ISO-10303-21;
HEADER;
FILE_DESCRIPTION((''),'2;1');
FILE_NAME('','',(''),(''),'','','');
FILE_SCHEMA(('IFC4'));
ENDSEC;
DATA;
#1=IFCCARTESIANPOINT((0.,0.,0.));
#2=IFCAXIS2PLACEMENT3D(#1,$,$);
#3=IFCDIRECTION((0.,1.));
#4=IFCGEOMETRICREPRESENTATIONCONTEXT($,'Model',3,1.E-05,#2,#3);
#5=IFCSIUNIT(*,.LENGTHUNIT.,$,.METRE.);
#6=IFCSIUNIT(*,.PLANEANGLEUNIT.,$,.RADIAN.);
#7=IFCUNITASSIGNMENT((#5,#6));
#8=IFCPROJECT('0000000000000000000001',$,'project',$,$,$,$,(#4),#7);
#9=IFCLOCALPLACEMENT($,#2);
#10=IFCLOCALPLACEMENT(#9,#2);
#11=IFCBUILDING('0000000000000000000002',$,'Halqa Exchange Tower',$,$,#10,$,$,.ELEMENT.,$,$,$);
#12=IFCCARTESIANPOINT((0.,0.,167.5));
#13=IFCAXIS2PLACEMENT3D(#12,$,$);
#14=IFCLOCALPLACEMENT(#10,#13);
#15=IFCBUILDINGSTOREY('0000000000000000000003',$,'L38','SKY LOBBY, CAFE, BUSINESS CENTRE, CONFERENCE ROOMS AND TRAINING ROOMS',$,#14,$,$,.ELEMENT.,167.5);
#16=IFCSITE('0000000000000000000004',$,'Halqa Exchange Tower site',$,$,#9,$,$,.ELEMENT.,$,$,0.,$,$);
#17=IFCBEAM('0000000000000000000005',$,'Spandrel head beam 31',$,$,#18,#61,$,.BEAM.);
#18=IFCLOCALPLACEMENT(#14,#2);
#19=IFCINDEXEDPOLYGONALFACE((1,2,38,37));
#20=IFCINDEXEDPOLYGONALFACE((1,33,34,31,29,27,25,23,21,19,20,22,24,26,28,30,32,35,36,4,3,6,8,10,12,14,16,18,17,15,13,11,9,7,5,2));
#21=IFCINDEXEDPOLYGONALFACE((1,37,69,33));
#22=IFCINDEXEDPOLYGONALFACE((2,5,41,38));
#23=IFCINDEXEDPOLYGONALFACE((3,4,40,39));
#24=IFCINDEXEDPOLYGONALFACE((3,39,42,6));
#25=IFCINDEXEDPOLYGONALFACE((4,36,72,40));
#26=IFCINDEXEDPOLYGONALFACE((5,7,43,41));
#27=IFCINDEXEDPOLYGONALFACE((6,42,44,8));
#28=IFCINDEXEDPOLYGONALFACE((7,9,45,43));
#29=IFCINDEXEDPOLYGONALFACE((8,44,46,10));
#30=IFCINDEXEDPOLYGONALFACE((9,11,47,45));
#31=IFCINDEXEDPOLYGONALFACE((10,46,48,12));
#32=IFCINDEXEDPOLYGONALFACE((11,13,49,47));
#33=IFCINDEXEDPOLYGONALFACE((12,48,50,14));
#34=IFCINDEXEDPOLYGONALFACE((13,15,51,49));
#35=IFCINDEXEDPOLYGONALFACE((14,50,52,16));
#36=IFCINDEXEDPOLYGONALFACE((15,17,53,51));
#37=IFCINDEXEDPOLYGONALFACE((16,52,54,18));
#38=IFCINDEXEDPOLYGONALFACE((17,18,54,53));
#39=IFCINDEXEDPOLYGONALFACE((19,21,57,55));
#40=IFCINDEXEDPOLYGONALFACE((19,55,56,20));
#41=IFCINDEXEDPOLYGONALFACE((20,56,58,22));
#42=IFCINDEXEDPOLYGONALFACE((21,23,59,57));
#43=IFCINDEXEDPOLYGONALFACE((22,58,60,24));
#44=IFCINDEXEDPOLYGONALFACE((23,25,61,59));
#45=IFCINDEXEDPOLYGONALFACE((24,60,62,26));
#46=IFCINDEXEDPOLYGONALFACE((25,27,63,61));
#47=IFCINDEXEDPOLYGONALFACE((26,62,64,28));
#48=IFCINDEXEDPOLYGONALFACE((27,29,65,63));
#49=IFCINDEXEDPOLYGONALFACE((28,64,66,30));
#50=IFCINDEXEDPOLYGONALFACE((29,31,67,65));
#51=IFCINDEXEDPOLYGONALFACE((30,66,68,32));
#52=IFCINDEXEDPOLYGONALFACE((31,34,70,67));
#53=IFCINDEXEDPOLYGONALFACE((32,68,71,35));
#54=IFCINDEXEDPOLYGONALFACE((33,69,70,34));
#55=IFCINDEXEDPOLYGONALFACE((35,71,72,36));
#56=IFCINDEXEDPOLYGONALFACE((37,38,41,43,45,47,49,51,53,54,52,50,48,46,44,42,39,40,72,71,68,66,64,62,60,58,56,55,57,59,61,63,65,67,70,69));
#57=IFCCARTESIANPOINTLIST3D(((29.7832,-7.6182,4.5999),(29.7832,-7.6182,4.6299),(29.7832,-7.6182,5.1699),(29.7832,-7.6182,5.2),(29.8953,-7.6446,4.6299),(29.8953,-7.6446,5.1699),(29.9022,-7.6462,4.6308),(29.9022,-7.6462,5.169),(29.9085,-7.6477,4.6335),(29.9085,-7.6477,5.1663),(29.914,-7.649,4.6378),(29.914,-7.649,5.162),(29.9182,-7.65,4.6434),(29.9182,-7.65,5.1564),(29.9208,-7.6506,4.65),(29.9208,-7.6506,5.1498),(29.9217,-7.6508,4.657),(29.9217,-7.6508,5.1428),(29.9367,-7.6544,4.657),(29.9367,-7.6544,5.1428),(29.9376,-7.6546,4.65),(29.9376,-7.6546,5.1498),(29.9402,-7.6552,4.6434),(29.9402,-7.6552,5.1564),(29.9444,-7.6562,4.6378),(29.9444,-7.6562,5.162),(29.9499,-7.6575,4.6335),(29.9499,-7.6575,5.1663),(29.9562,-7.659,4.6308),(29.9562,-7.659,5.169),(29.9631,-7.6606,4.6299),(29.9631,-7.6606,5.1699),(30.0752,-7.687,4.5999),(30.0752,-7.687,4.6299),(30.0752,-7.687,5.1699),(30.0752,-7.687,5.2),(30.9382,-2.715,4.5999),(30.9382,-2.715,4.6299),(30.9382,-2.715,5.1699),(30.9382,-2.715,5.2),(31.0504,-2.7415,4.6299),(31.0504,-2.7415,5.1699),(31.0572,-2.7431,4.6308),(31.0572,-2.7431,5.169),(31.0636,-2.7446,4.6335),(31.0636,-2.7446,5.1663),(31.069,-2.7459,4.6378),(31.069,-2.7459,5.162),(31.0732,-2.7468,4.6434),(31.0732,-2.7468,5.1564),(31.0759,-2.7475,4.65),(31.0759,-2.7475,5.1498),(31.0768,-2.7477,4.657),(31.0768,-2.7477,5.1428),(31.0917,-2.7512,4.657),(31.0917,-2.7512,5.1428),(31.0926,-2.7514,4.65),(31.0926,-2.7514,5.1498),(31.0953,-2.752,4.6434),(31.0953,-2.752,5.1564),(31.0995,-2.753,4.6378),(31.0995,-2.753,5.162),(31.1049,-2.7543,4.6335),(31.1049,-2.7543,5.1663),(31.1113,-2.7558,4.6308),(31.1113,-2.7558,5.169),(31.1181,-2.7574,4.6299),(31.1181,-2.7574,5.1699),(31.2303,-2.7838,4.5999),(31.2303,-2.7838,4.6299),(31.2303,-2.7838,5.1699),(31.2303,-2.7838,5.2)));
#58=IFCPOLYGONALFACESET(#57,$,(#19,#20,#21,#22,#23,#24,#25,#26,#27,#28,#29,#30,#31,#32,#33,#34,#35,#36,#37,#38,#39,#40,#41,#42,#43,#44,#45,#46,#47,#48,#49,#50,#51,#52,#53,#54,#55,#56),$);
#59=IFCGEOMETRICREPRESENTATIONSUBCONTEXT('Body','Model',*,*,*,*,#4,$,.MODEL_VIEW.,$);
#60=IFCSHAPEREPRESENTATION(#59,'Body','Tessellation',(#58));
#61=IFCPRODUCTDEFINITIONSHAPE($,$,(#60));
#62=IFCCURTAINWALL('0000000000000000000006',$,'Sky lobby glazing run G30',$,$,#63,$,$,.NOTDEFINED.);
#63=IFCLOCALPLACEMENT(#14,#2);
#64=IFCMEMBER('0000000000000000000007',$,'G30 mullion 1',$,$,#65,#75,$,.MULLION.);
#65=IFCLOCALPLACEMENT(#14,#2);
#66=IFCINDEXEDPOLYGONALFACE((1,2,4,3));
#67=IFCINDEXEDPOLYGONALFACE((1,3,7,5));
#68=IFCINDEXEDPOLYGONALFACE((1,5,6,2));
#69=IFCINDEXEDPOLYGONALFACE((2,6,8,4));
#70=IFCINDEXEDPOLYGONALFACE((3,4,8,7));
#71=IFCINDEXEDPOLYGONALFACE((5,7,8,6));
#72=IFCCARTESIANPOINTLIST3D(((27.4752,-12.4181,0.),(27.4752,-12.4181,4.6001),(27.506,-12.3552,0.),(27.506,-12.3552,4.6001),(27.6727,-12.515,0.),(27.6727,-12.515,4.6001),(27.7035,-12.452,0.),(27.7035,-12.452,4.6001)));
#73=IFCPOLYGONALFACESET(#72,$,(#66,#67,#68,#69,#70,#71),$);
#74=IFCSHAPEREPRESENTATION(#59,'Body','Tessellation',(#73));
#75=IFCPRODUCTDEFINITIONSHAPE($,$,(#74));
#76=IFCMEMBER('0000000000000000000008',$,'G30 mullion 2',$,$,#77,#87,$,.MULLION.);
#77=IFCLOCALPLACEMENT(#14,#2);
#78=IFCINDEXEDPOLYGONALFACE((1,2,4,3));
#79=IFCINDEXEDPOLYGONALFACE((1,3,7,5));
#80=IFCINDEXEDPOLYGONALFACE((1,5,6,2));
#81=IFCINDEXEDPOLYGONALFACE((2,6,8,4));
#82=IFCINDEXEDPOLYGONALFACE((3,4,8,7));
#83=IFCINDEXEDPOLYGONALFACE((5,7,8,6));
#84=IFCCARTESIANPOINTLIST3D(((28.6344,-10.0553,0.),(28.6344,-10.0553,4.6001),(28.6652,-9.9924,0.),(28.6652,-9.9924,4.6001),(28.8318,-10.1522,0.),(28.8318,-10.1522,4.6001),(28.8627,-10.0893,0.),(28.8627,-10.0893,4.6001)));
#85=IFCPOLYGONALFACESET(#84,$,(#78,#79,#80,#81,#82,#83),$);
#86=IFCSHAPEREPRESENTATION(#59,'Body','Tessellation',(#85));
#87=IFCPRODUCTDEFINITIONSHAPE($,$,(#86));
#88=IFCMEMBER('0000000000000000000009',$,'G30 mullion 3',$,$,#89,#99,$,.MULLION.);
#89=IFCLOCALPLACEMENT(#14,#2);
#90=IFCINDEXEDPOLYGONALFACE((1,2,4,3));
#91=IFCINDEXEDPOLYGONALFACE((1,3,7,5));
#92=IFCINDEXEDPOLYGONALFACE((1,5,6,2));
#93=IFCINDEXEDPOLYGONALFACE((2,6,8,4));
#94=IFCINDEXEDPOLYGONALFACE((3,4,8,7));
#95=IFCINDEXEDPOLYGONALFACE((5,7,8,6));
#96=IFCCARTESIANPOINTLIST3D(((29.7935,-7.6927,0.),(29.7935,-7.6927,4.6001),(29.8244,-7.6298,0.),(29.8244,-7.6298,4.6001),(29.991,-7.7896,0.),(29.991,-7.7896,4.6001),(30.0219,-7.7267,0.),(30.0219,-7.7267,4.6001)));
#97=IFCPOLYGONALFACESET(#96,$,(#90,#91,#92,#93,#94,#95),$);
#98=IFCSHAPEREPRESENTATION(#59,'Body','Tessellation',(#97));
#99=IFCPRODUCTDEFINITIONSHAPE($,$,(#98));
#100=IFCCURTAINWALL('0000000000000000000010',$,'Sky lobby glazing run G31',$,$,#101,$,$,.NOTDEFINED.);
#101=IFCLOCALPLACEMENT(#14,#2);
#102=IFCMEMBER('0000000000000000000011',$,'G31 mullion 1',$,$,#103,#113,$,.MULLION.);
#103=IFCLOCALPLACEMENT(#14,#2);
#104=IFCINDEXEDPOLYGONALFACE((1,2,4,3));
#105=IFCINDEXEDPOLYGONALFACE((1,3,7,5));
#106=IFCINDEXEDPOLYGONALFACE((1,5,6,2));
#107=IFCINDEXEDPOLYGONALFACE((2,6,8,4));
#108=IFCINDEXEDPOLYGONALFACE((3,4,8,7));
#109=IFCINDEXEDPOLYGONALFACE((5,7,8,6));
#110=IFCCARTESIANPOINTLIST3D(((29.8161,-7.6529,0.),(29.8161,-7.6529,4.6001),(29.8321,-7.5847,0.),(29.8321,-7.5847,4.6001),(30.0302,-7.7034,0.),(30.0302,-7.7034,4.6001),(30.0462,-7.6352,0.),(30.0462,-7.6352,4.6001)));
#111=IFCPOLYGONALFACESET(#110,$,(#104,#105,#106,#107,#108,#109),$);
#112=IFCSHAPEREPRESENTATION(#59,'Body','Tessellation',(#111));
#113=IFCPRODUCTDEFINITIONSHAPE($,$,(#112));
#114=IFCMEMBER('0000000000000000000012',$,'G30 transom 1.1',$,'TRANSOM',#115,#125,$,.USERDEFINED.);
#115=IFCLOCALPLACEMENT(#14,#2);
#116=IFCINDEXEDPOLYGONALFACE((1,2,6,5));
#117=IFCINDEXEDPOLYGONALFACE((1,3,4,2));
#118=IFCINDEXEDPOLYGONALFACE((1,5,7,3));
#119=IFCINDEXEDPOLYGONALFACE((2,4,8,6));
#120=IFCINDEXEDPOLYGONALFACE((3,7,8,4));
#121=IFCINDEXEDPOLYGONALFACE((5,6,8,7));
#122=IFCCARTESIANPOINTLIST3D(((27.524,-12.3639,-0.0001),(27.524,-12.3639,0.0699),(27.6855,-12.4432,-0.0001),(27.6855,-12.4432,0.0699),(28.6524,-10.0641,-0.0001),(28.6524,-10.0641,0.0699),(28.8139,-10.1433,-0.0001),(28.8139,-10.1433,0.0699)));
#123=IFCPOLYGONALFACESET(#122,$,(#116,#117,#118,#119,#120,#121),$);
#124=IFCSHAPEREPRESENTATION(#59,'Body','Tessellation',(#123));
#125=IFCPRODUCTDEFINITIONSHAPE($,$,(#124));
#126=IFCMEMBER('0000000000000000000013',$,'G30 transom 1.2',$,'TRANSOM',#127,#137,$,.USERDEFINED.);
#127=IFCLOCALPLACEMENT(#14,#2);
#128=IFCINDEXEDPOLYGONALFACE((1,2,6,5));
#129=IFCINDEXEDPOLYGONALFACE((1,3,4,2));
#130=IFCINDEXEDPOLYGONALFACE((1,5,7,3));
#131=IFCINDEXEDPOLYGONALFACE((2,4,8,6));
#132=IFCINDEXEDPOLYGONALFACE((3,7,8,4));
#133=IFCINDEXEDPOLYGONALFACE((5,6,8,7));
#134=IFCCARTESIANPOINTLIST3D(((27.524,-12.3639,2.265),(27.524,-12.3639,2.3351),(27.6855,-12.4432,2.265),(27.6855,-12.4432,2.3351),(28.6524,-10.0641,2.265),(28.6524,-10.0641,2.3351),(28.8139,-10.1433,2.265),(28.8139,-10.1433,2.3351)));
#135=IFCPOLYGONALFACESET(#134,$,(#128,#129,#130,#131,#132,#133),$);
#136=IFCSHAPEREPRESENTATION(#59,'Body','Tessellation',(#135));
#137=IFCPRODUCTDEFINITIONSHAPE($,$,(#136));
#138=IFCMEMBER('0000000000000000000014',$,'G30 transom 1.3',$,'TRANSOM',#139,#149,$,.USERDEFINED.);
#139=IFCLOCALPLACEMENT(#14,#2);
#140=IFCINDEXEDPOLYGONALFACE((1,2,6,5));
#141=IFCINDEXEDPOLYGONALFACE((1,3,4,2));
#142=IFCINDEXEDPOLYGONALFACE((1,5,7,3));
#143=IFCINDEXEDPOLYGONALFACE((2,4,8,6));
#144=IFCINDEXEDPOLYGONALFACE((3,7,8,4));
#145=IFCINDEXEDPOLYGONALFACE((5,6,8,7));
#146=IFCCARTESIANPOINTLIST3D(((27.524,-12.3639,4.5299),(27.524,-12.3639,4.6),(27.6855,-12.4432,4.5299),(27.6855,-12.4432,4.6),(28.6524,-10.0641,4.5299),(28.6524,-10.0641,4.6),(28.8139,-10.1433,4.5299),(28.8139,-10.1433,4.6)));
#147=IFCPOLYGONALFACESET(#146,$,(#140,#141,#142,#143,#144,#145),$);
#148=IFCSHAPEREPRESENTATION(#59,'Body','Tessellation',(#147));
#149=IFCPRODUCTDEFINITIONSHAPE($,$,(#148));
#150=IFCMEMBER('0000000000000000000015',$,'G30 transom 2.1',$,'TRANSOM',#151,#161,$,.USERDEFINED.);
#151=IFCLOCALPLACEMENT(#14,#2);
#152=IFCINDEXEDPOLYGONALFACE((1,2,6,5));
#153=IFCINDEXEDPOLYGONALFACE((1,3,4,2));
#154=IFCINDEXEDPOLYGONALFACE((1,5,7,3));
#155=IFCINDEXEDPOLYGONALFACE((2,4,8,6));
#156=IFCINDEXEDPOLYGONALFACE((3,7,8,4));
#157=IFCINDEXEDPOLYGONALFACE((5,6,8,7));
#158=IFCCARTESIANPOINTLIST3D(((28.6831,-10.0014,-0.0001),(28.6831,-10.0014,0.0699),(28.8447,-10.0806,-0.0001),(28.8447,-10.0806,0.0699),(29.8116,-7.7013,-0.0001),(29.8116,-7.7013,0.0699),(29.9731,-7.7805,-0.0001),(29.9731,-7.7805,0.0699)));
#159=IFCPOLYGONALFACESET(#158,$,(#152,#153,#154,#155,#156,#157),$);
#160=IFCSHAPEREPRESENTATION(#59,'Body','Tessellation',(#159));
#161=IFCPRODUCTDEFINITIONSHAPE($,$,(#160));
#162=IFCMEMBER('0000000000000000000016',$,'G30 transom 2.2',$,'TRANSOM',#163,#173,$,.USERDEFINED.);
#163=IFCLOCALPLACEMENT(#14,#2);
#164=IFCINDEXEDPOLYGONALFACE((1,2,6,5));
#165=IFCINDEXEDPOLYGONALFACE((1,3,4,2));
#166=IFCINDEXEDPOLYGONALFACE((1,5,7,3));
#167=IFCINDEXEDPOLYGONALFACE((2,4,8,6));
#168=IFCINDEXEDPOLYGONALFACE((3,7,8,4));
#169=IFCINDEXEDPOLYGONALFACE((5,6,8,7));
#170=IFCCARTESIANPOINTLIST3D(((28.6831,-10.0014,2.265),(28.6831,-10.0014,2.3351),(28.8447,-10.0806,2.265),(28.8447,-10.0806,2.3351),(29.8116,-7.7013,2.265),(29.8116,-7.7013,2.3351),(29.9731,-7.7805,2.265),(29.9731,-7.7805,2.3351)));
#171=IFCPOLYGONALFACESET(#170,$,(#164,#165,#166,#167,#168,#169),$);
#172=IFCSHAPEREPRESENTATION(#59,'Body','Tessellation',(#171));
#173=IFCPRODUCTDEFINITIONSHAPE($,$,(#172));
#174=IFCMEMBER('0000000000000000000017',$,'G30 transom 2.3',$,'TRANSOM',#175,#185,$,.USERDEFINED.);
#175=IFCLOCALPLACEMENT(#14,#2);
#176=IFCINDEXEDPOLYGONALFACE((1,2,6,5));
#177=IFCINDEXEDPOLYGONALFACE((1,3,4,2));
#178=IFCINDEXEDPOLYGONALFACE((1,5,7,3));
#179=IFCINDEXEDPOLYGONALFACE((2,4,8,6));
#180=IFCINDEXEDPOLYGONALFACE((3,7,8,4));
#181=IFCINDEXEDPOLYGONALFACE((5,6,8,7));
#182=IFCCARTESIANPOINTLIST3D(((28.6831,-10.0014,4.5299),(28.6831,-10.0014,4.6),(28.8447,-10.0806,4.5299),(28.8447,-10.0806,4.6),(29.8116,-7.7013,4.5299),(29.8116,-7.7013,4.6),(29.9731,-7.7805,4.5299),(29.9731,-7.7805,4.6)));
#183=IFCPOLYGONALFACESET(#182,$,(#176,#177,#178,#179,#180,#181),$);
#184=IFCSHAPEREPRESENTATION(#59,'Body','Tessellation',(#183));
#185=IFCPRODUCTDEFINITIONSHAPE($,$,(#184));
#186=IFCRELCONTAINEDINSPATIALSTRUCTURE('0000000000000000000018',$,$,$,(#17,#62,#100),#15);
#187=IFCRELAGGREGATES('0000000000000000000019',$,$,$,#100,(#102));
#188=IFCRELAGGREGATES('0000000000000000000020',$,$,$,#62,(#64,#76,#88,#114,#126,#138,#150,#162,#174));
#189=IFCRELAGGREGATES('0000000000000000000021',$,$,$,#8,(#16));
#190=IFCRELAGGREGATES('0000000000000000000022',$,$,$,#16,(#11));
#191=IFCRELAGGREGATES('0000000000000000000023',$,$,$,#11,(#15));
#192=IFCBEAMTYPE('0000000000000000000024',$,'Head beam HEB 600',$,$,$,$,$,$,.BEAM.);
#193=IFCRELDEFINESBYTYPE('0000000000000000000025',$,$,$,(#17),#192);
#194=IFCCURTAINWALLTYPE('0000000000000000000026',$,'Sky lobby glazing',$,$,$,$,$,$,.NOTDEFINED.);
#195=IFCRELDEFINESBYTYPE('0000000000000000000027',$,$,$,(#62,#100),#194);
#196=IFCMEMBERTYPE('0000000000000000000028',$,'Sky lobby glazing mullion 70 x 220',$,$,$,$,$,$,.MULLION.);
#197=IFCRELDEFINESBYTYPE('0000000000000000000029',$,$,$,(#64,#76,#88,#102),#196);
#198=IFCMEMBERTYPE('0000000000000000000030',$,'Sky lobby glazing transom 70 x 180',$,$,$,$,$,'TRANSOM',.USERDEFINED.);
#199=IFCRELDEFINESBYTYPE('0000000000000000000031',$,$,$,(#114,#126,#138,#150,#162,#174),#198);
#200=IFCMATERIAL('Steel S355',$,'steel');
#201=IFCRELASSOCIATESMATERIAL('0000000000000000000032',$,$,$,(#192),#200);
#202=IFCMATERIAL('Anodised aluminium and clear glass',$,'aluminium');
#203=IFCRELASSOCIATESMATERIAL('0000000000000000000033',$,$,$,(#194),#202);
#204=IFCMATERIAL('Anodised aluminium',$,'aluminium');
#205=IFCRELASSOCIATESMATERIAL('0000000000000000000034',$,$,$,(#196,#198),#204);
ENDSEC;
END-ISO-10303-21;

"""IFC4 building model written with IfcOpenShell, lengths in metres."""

from ifc_helpers import new_model, si_unit, direction, frame, origin, origin_2d, place, context, subcontext, project, spatial, rectangle, i_section, extrude, material, material_profile, profile_set, type_object, element, aggregate, save


model = new_model("IFC4")

# Units and contexts
model_context = context("Model", 3, precision=1e-05, world=origin(), true_north=direction((0.0, 1.0)))
body_context = subcontext(model_context, "Body", "Model", "MODEL_VIEW")
ifc_project = project(units=[si_unit("LENGTHUNIT", "METRE"), si_unit("PLANEANGLEUNIT", "RADIAN")], contexts=[model_context])

# Site, building, storey
site_placement = place(None, origin())
site = spatial("IfcSite", under=ifc_project, at=site_placement, Name="Halqa Exchange Tower site", CompositionType="ELEMENT", RefElevation=0.0)
building_placement = place(site_placement, origin())
building = spatial("IfcBuilding", under=site, at=building_placement, Name="Halqa Exchange Tower", CompositionType="ELEMENT")
storey_placement = place(building_placement, frame((0.0, 0.0, 167.5)))
storey = spatial("IfcBuildingStorey", under=building, at=storey_placement, Name="L38", Description="SKY LOBBY, CAFE, BUSINESS CENTRE, CONFERENCE ROOMS AND TRAINING ROOMS", CompositionType="ELEMENT", Elevation=167.5)

# Beam
ifc_material_1 = material(Name="Steel S355", Category="steel")
ifc_material_profile_1 = material_profile(ifc_material_1, i_section(OverallWidth=0.3, OverallDepth=0.6001, WebThickness=0.0154, FlangeThickness=0.03, FilletRadius=0.0271, at=origin_2d()), Name="HEB 600")
ifc_profile_set_1 = profile_set([ifc_material_profile_1], Name="Steel S355")
beam_type = type_object("IfcBeamType", Name="Head beam HEB 600", PredefinedType="BEAM", material=ifc_profile_set_1)
beam_placement = place(storey_placement, frame((29.9292, -7.6526, 4.8999), z_axis=(0.229296, 0.973357, 0.0), x_axis=(-0.973357, 0.229296, 0.0)))
element("IfcBeam", 1, at=beam_placement, inside=storey, type_object=beam_type, Name="Spandrel head beam 31", PredefinedType="BEAM", context=body_context, shape_type="SweptSolid", body=[
    extrude(i_section(OverallWidth=0.3, OverallDepth=0.6001, WebThickness=0.0154, FlangeThickness=0.03, FilletRadius=0.0271, at=origin_2d()), origin(), (0.0, 0.0, 1.0), 5.0374),
])

# Curtain wall, members
ifc_material_2 = material(Name="Anodised aluminium and clear glass", Category="aluminium")
curtain_wall_type = type_object("IfcCurtainWallType", Name="Sky lobby glazing", PredefinedType="NOTDEFINED", material=ifc_material_2)
curtain_wall_1_placement = place(storey_placement, origin())
curtain_wall_1 = element("IfcCurtainWall", 2, at=curtain_wall_1_placement, inside=storey, type_object=curtain_wall_type, Name="Sky lobby glazing run G30", PredefinedType="NOTDEFINED")
ifc_material_3 = material(Name="Anodised aluminium", Category="aluminium")
ifc_material_profile_2 = material_profile(ifc_material_3, rectangle(XDim=0.22, YDim=0.0701, at=origin_2d()), Name="AL 70x220")
ifc_profile_set_2 = profile_set([ifc_material_profile_2], Name="Anodised aluminium")
member_type_1 = type_object("IfcMemberType", Name="Sky lobby glazing mullion 70 x 220", PredefinedType="MULLION", material=ifc_profile_set_2)
member_1_placement = place(storey_placement, frame((27.5894, -12.4351, 0.0), z_axis=(0.0, 0.0, 1.0), x_axis=(-0.89778, 0.440444, 0.0)))
member_1 = element("IfcMember", 3, at=member_1_placement, type_object=member_type_1, Name="G30 mullion 1", PredefinedType="MULLION", context=body_context, shape_type="SweptSolid", body=[
    extrude(rectangle(XDim=0.22, YDim=0.0701, at=origin_2d()), origin(), (0.0, 0.0, 1.0), 4.6001),
])
member_2_placement = place(storey_placement, frame((28.7485, -10.0723, 0.0), z_axis=(0.0, 0.0, 1.0), x_axis=(-0.89778, 0.440444, 0.0)))
member_2 = element("IfcMember", 4, at=member_2_placement, type_object=member_type_1, Name="G30 mullion 2", PredefinedType="MULLION", context=body_context, shape_type="SweptSolid", body=[
    extrude(rectangle(XDim=0.22, YDim=0.0701, at=origin_2d()), origin(), (0.0, 0.0, 1.0), 4.6001),
])
member_3_placement = place(storey_placement, frame((29.9077, -7.7097, 0.0), z_axis=(0.0, 0.0, 1.0), x_axis=(-0.89778, 0.440444, 0.0)))
member_3 = element("IfcMember", 5, at=member_3_placement, type_object=member_type_1, Name="G30 mullion 3", PredefinedType="MULLION", context=body_context, shape_type="SweptSolid", body=[
    extrude(rectangle(XDim=0.22, YDim=0.0701, at=origin_2d()), origin(), (0.0, 0.0, 1.0), 4.6001),
])

# Curtain wall, member
curtain_wall_2_placement = place(storey_placement, origin())
curtain_wall_2 = element("IfcCurtainWall", 6, at=curtain_wall_2_placement, inside=storey, type_object=curtain_wall_type, Name="Sky lobby glazing run G31", PredefinedType="NOTDEFINED")
member_4_placement = place(storey_placement, frame((29.9312, -7.644, 0.0), z_axis=(0.0, 0.0, 1.0), x_axis=(-0.973352, 0.229318, 0.0)))
member_4 = element("IfcMember", 7, at=member_4_placement, type_object=member_type_1, Name="G31 mullion 1", PredefinedType="MULLION", context=body_context, shape_type="SweptSolid", body=[
    extrude(rectangle(XDim=0.22, YDim=0.0701, at=origin_2d()), origin(), (0.0, 0.0, 1.0), 4.6001),
])
aggregate(curtain_wall_2, [member_4])

# Members
ifc_material_profile_3 = material_profile(ifc_material_3, rectangle(XDim=0.1799, YDim=0.0701, at=origin_2d()), Name="AL 70x180")
ifc_profile_set_3 = profile_set([ifc_material_profile_3], Name="Anodised aluminium")
member_type_2 = type_object("IfcMemberType", Name="Sky lobby glazing transom 70 x 180", ElementType="TRANSOM", PredefinedType="USERDEFINED", material=ifc_profile_set_3)
member_5_placement = place(storey_placement, frame((27.6047, -12.4036, 0.0349), z_axis=(0.440492, 0.897757, 0.0), x_axis=(-0.897757, 0.440492, 0.0)))
member_5 = element("IfcMember", 8, at=member_5_placement, type_object=member_type_2, Name="G30 transom 1.1", ObjectType="TRANSOM", PredefinedType="USERDEFINED", context=body_context, shape_type="SweptSolid", body=[
    extrude(rectangle(XDim=0.1799, YDim=0.0701, at=origin_2d()), origin(), (0.0, 0.0, 1.0), 2.5618),
])
member_6_placement = place(storey_placement, frame((27.6047, -12.4036, 2.3), z_axis=(0.440492, 0.897757, 0.0), x_axis=(-0.897757, 0.440492, 0.0)))
member_6 = element("IfcMember", 9, at=member_6_placement, type_object=member_type_2, Name="G30 transom 1.2", ObjectType="TRANSOM", PredefinedType="USERDEFINED", context=body_context, shape_type="SweptSolid", body=[
    extrude(rectangle(XDim=0.1799, YDim=0.0701, at=origin_2d()), origin(), (0.0, 0.0, 1.0), 2.5618),
])
member_7_placement = place(storey_placement, frame((27.6047, -12.4036, 4.5649), z_axis=(0.440492, 0.897757, 0.0), x_axis=(-0.897757, 0.440492, 0.0)))
member_7 = element("IfcMember", 10, at=member_7_placement, type_object=member_type_2, Name="G30 transom 1.3", ObjectType="TRANSOM", PredefinedType="USERDEFINED", context=body_context, shape_type="SweptSolid", body=[
    extrude(rectangle(XDim=0.1799, YDim=0.0701, at=origin_2d()), origin(), (0.0, 0.0, 1.0), 2.5618),
])
member_8_placement = place(storey_placement, frame((28.7639, -10.041, 0.0349), z_axis=(0.440454, 0.897775, 0.0), x_axis=(-0.897775, 0.440454, 0.0)))
member_8 = element("IfcMember", 11, at=member_8_placement, type_object=member_type_2, Name="G30 transom 2.1", ObjectType="TRANSOM", PredefinedType="USERDEFINED", context=body_context, shape_type="SweptSolid", body=[
    extrude(rectangle(XDim=0.1799, YDim=0.0701, at=origin_2d()), origin(), (0.0, 0.0, 1.0), 2.562),
])
member_9_placement = place(storey_placement, frame((28.7639, -10.041, 2.3), z_axis=(0.440454, 0.897775, 0.0), x_axis=(-0.897775, 0.440454, 0.0)))
member_9 = element("IfcMember", 12, at=member_9_placement, type_object=member_type_2, Name="G30 transom 2.2", ObjectType="TRANSOM", PredefinedType="USERDEFINED", context=body_context, shape_type="SweptSolid", body=[
    extrude(rectangle(XDim=0.1799, YDim=0.0701, at=origin_2d()), origin(), (0.0, 0.0, 1.0), 2.562),
])
member_10_placement = place(storey_placement, frame((28.7639, -10.041, 4.5649), z_axis=(0.440454, 0.897775, 0.0), x_axis=(-0.897775, 0.440454, 0.0)))
member_10 = element("IfcMember", 13, at=member_10_placement, type_object=member_type_2, Name="G30 transom 2.3", ObjectType="TRANSOM", PredefinedType="USERDEFINED", context=body_context, shape_type="SweptSolid", body=[
    extrude(rectangle(XDim=0.1799, YDim=0.0701, at=origin_2d()), origin(), (0.0, 0.0, 1.0), 2.562),
])

aggregate(curtain_wall_1, [member_1, member_2, member_3, member_5, member_6, member_7, member_8, member_9, member_10])

save(model, "model.ifc")
